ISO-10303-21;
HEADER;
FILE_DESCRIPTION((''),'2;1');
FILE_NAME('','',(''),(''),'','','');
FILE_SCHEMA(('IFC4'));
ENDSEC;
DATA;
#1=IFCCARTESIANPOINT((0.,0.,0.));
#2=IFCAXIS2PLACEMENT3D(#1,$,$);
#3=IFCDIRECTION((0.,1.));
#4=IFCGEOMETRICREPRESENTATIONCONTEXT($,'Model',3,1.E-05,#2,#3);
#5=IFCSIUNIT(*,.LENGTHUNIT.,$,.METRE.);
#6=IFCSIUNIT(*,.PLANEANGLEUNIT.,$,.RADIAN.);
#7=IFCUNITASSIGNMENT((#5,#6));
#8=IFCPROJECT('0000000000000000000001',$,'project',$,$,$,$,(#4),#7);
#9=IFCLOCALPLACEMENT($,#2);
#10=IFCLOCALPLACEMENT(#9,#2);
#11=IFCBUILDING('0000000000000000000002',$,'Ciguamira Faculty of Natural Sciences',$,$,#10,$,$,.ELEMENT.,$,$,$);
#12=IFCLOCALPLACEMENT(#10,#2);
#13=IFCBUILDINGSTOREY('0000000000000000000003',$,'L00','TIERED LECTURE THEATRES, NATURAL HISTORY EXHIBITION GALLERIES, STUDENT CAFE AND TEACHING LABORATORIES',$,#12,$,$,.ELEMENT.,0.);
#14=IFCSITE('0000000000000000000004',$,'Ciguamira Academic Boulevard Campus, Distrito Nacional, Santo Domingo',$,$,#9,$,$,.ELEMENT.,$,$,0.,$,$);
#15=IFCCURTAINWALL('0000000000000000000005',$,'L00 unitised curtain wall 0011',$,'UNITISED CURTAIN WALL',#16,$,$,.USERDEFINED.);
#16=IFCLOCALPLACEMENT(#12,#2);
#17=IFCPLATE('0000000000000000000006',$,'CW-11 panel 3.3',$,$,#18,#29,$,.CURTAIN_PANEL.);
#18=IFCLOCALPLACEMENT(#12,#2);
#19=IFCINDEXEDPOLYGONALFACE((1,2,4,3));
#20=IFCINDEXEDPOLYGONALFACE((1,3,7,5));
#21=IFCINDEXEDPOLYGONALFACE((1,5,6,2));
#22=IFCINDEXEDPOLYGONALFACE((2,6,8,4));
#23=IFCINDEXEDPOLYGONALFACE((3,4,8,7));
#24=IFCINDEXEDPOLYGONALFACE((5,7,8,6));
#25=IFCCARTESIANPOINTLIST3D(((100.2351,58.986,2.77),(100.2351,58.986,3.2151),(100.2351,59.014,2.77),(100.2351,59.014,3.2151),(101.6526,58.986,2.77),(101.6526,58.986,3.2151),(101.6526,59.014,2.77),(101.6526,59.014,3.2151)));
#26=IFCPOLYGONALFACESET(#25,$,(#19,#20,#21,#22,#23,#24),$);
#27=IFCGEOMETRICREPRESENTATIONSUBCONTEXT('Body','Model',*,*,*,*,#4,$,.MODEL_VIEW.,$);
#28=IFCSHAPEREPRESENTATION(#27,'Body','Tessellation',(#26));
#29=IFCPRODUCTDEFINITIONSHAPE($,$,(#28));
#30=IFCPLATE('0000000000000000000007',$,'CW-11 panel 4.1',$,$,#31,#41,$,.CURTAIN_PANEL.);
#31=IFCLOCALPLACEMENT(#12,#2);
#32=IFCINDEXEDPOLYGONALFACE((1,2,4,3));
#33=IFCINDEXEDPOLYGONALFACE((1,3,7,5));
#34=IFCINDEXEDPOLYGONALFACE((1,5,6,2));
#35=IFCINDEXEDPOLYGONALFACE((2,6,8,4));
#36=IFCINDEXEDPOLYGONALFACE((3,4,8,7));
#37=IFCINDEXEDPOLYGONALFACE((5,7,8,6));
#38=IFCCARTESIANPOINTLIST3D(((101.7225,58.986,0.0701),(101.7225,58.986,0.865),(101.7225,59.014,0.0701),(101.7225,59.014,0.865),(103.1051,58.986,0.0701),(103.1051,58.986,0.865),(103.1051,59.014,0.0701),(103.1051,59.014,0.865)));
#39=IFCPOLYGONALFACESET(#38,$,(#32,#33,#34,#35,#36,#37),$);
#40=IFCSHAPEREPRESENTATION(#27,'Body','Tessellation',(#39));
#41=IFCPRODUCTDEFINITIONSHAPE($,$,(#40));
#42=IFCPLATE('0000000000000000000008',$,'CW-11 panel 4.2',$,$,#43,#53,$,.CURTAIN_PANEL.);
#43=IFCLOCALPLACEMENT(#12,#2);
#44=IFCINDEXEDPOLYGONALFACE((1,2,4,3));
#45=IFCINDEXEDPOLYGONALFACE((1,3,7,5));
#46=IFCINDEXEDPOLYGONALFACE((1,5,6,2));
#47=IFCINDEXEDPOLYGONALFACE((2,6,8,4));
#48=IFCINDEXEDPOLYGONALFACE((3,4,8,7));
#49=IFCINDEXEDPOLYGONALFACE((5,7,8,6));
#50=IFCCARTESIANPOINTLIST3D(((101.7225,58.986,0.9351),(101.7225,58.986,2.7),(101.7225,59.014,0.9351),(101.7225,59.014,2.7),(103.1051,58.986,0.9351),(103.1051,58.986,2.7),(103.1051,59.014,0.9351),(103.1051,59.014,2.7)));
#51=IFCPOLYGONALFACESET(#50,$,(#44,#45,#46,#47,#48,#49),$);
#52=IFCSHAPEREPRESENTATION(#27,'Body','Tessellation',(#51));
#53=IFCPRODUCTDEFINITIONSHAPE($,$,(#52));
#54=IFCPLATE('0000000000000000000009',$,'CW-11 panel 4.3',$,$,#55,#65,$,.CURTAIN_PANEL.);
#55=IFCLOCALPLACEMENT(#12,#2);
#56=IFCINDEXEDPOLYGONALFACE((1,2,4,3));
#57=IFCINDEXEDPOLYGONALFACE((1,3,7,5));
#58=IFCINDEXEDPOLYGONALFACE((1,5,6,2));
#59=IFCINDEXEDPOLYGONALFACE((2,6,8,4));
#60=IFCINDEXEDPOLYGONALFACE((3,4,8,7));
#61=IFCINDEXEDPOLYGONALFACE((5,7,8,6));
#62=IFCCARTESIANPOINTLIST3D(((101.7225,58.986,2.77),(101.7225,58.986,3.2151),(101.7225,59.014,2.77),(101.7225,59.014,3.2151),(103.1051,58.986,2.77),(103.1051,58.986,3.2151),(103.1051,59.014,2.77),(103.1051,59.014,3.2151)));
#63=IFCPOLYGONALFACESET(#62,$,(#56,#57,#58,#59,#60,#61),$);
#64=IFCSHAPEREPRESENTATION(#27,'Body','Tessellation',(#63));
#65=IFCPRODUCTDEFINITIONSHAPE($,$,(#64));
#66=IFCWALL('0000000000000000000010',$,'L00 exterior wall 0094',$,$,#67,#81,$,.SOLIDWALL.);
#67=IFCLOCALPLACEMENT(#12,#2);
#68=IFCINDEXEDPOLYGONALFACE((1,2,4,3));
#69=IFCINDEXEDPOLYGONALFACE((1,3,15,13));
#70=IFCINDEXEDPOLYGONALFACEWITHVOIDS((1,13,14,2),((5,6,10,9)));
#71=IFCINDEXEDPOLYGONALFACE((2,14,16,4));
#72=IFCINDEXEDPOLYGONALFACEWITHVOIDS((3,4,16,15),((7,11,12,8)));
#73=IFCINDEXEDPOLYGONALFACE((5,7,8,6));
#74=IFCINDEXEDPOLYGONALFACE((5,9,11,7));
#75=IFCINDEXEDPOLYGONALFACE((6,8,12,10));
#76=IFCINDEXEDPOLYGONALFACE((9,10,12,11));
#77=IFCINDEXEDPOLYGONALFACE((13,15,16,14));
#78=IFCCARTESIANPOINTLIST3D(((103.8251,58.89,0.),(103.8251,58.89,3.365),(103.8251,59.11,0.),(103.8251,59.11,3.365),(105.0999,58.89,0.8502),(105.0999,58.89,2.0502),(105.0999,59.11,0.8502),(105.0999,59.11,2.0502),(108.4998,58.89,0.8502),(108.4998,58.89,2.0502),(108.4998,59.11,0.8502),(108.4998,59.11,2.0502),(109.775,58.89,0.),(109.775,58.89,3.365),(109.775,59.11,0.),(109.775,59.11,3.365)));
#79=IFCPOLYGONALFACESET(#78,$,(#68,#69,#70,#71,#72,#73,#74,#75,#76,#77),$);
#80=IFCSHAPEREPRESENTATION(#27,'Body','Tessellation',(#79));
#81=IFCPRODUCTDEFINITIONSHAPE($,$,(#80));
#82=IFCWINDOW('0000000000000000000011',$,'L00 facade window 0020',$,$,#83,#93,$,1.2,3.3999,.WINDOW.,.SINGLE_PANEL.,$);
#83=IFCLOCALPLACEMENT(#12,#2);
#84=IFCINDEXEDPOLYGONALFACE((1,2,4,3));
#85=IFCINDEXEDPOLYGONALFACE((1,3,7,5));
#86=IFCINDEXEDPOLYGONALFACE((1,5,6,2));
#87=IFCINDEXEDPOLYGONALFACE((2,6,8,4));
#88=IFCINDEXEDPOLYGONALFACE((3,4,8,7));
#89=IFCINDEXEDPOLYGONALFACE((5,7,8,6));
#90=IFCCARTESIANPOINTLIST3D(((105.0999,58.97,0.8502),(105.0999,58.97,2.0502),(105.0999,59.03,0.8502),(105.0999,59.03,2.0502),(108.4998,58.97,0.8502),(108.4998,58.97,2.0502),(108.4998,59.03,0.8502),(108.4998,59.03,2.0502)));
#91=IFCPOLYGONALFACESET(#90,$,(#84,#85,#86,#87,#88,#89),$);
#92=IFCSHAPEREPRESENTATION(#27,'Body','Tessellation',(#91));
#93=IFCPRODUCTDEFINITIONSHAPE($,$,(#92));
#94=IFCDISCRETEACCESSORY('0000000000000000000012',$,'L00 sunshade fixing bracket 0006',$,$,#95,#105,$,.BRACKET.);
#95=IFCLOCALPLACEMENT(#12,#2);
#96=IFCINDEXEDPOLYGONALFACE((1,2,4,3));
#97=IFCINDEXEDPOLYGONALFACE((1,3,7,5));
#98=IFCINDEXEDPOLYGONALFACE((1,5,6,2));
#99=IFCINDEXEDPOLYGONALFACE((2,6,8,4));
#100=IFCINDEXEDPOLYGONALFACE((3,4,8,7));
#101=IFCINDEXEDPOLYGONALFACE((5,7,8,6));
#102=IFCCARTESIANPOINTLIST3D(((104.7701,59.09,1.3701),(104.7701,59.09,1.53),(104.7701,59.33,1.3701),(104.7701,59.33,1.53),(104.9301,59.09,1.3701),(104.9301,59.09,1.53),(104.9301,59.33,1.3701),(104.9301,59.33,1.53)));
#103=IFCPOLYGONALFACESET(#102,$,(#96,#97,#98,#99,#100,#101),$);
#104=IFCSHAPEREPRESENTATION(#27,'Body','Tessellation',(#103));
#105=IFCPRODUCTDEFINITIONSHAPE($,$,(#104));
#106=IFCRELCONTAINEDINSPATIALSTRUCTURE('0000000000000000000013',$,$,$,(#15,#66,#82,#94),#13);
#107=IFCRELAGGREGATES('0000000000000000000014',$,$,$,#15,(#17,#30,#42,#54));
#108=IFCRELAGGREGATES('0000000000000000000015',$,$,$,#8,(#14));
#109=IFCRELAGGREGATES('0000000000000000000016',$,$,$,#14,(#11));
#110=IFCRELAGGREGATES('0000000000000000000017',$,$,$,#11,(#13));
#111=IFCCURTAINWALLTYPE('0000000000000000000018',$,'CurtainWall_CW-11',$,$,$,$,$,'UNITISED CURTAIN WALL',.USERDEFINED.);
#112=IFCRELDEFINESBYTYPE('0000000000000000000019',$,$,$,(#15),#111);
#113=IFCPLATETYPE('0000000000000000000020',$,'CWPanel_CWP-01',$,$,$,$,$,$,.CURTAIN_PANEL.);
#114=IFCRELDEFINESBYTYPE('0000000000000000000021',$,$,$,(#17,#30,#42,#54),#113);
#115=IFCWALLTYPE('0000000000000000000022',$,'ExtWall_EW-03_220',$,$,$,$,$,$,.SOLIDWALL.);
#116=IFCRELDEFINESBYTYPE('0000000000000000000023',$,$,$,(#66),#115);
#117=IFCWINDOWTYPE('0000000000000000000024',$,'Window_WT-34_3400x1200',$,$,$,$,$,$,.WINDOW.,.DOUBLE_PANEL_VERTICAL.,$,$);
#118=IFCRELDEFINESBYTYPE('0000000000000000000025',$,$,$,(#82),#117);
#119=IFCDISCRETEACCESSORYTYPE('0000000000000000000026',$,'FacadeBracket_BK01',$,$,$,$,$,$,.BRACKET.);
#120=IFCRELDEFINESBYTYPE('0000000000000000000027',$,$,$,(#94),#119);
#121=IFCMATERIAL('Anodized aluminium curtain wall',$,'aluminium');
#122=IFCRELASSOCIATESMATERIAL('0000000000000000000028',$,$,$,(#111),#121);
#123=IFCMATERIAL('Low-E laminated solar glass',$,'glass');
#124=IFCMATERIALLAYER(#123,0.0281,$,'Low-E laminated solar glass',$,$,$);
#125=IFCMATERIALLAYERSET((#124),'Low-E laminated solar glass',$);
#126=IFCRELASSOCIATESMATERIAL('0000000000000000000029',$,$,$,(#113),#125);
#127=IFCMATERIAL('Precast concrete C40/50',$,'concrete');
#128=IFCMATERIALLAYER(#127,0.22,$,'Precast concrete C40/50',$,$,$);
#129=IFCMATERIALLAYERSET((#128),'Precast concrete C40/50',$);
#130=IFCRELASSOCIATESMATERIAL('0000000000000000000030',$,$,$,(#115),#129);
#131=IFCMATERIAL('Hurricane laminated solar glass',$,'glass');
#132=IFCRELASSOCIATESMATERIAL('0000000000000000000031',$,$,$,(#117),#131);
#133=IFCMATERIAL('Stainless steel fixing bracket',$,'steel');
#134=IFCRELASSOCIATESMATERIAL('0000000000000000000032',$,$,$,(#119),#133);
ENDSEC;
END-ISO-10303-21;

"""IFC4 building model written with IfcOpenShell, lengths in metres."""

from ifc_helpers import new_model, si_unit, direction, frame, frame_2d, origin, origin_2d, place, context, subcontext, project, spatial, rectangle, extrude, material, layer, layer_set, type_object, element, fill, aggregate, save


model = new_model("IFC4")

# Units and contexts
model_context = context("Model", 3, precision=1e-05, world=origin(), true_north=direction((0.0, 1.0)))
body_context = subcontext(model_context, "Body", "Model", "MODEL_VIEW")
ifc_project = project(units=[si_unit("LENGTHUNIT", "METRE"), si_unit("PLANEANGLEUNIT", "RADIAN")], contexts=[model_context])

# Site, building, storey
site_placement = place(None, origin())
site = spatial("IfcSite", under=ifc_project, at=site_placement, Name="Ciguamira Academic Boulevard Campus, Distrito Nacional, Santo Domingo", CompositionType="ELEMENT", RefElevation=0.0)
building_placement = place(site_placement, origin())
building = spatial("IfcBuilding", under=site, at=building_placement, Name="Ciguamira Faculty of Natural Sciences", CompositionType="ELEMENT")
storey_placement = place(building_placement, origin())
storey = spatial("IfcBuildingStorey", under=building, at=storey_placement, Name="L00", Description="TIERED LECTURE THEATRES, NATURAL HISTORY EXHIBITION GALLERIES, STUDENT CAFE AND TEACHING LABORATORIES", CompositionType="ELEMENT", Elevation=0.0)

# Curtain wall
ifc_material_1 = material(Name="Anodized aluminium curtain wall", Category="aluminium")
curtain_wall_type = type_object("IfcCurtainWallType", Name="CurtainWall_CW-11", ElementType="UNITISED CURTAIN WALL", PredefinedType="USERDEFINED", material=ifc_material_1)
curtain_wall_placement = place(storey_placement, origin())
curtain_wall = element("IfcCurtainWall", 1, at=curtain_wall_placement, inside=storey, type_object=curtain_wall_type, Name="L00 unitised curtain wall 0011", ObjectType="UNITISED CURTAIN WALL", PredefinedType="USERDEFINED")

# Plates
ifc_material_2 = material(Name="Low-E laminated solar glass", Category="glass")
ifc_layer_1 = layer(ifc_material_2, 0.0281, Name="Low-E laminated solar glass")
ifc_layer_set_1 = layer_set([ifc_layer_1], Name="Low-E laminated solar glass")
plate_type = type_object("IfcPlateType", Name="CWPanel_CWP-01", PredefinedType="CURTAIN_PANEL", material=ifc_layer_set_1)
plate_1_placement = place(storey_placement, frame((100.9438, 59.0, 2.77), z_axis=(0.0, 0.0, 1.0), x_axis=(1.0, 0.0, 0.0)))
plate_1 = element("IfcPlate", 2, at=plate_1_placement, type_object=plate_type, Name="CW-11 panel 3.3", PredefinedType="CURTAIN_PANEL", context=body_context, shape_type="SweptSolid", body=[
    extrude(rectangle(XDim=1.4175, YDim=0.0281, at=origin_2d()), origin(), (0.0, 0.0, 1.0), 0.4451),
])
plate_2_placement = place(storey_placement, frame((102.4138, 59.0, 0.0701), z_axis=(0.0, 0.0, 1.0), x_axis=(1.0, 0.0, 0.0)))
plate_2 = element("IfcPlate", 3, at=plate_2_placement, type_object=plate_type, Name="CW-11 panel 4.1", PredefinedType="CURTAIN_PANEL", context=body_context, shape_type="SweptSolid", body=[
    extrude(rectangle(XDim=1.3826, YDim=0.0281, at=origin_2d()), origin(), (0.0, 0.0, 1.0), 0.7949),
])
plate_3_placement = place(storey_placement, frame((102.4138, 59.0, 0.9351), z_axis=(0.0, 0.0, 1.0), x_axis=(1.0, 0.0, 0.0)))
plate_3 = element("IfcPlate", 4, at=plate_3_placement, type_object=plate_type, Name="CW-11 panel 4.2", PredefinedType="CURTAIN_PANEL", context=body_context, shape_type="SweptSolid", body=[
    extrude(rectangle(XDim=1.3826, YDim=0.0281, at=origin_2d()), origin(), (0.0, 0.0, 1.0), 1.7649),
])
plate_4_placement = place(storey_placement, frame((102.4138, 59.0, 2.77), z_axis=(0.0, 0.0, 1.0), x_axis=(1.0, 0.0, 0.0)))
plate_4 = element("IfcPlate", 5, at=plate_4_placement, type_object=plate_type, Name="CW-11 panel 4.3", PredefinedType="CURTAIN_PANEL", context=body_context, shape_type="SweptSolid", body=[
    extrude(rectangle(XDim=1.3826, YDim=0.0281, at=origin_2d()), origin(), (0.0, 0.0, 1.0), 0.4451),
])
aggregate(curtain_wall, [plate_1, plate_2, plate_3, plate_4])

# Wall, opening, window
ifc_material_3 = material(Name="Precast concrete C40/50", Category="concrete")
ifc_layer_2 = layer(ifc_material_3, 0.22, Name="Precast concrete C40/50")
ifc_layer_set_2 = layer_set([ifc_layer_2], Name="Precast concrete C40/50")
wall_type = type_object("IfcWallType", Name="ExtWall_EW-03_220", PredefinedType="SOLIDWALL", material=ifc_layer_set_2)
wall_placement = place(storey_placement, frame((103.825, 59.0, 0.0), z_axis=(0.0, 0.0, 1.0), x_axis=(1.0, 0.0, 0.0)))
wall = element("IfcWall", 6, at=wall_placement, inside=storey, type_object=wall_type, Name="L00 exterior wall 0094", PredefinedType="SOLIDWALL", context=body_context, shape_type="SweptSolid", body=[
    extrude(rectangle(XDim=5.95, YDim=0.22, at=frame_2d((2.9751, 0.0))), origin(), (0.0, 0.0, 1.0), 3.365),
])
opening_placement = place(wall_placement, frame((1.2749, 0.0, 0.8501)))
opening = element("IfcOpeningElement", 7, at=opening_placement, cuts=wall, PredefinedType="OPENING", context=body_context, shape_type="SweptSolid", body=[
    extrude(rectangle(XDim=3.3999, YDim=1.2, at=frame_2d((1.7, 0.6001))), frame((0.0, 0.1199, 0.0), z_axis=(0.0, -1.0, 0.0), x_axis=(1.0, 0.0, 0.0)), (0.0, 0.0, 1.0), 0.24),
])
ifc_material_4 = material(Name="Hurricane laminated solar glass", Category="glass")
window_type = type_object("IfcWindowType", Name="Window_WT-34_3400x1200", PartitioningType="DOUBLE_PANEL_VERTICAL", PredefinedType="WINDOW", material=ifc_material_4)
window_placement = place(opening_placement, origin())
window = element("IfcWindow", 8, at=window_placement, inside=storey, type_object=window_type, Name="L00 facade window 0020", OverallHeight=1.2, OverallWidth=3.3999, PartitioningType="SINGLE_PANEL", PredefinedType="WINDOW", context=body_context, shape_type="SweptSolid", body=[
    extrude(rectangle(XDim=3.3999, YDim=1.2, at=frame_2d((1.7, 0.6001))), frame((0.0, 0.03, 0.0), z_axis=(0.0, -1.0, 0.0), x_axis=(1.0, 0.0, 0.0)), (0.0, 0.0, 1.0), 0.0601),
])
fill(opening, window)

# Discrete accessory
ifc_material_5 = material(Name="Stainless steel fixing bracket", Category="steel")
discrete_accessory_type = type_object("IfcDiscreteAccessoryType", Name="FacadeBracket_BK01", PredefinedType="BRACKET", material=ifc_material_5)
discrete_accessory_placement = place(storey_placement, frame((104.8501, 59.21, 1.3701), z_axis=(0.0, 0.0, 1.0), x_axis=(1.0, 0.0, 0.0)))
element("IfcDiscreteAccessory", 9, at=discrete_accessory_placement, inside=storey, type_object=discrete_accessory_type, Name="L00 sunshade fixing bracket 0006", PredefinedType="BRACKET", context=body_context, shape_type="SweptSolid", body=[
    extrude(rectangle(XDim=0.1599, YDim=0.24, at=origin_2d()), origin(), (0.0, 0.0, 1.0), 0.1599),
])

save(model, "model.ifc")
